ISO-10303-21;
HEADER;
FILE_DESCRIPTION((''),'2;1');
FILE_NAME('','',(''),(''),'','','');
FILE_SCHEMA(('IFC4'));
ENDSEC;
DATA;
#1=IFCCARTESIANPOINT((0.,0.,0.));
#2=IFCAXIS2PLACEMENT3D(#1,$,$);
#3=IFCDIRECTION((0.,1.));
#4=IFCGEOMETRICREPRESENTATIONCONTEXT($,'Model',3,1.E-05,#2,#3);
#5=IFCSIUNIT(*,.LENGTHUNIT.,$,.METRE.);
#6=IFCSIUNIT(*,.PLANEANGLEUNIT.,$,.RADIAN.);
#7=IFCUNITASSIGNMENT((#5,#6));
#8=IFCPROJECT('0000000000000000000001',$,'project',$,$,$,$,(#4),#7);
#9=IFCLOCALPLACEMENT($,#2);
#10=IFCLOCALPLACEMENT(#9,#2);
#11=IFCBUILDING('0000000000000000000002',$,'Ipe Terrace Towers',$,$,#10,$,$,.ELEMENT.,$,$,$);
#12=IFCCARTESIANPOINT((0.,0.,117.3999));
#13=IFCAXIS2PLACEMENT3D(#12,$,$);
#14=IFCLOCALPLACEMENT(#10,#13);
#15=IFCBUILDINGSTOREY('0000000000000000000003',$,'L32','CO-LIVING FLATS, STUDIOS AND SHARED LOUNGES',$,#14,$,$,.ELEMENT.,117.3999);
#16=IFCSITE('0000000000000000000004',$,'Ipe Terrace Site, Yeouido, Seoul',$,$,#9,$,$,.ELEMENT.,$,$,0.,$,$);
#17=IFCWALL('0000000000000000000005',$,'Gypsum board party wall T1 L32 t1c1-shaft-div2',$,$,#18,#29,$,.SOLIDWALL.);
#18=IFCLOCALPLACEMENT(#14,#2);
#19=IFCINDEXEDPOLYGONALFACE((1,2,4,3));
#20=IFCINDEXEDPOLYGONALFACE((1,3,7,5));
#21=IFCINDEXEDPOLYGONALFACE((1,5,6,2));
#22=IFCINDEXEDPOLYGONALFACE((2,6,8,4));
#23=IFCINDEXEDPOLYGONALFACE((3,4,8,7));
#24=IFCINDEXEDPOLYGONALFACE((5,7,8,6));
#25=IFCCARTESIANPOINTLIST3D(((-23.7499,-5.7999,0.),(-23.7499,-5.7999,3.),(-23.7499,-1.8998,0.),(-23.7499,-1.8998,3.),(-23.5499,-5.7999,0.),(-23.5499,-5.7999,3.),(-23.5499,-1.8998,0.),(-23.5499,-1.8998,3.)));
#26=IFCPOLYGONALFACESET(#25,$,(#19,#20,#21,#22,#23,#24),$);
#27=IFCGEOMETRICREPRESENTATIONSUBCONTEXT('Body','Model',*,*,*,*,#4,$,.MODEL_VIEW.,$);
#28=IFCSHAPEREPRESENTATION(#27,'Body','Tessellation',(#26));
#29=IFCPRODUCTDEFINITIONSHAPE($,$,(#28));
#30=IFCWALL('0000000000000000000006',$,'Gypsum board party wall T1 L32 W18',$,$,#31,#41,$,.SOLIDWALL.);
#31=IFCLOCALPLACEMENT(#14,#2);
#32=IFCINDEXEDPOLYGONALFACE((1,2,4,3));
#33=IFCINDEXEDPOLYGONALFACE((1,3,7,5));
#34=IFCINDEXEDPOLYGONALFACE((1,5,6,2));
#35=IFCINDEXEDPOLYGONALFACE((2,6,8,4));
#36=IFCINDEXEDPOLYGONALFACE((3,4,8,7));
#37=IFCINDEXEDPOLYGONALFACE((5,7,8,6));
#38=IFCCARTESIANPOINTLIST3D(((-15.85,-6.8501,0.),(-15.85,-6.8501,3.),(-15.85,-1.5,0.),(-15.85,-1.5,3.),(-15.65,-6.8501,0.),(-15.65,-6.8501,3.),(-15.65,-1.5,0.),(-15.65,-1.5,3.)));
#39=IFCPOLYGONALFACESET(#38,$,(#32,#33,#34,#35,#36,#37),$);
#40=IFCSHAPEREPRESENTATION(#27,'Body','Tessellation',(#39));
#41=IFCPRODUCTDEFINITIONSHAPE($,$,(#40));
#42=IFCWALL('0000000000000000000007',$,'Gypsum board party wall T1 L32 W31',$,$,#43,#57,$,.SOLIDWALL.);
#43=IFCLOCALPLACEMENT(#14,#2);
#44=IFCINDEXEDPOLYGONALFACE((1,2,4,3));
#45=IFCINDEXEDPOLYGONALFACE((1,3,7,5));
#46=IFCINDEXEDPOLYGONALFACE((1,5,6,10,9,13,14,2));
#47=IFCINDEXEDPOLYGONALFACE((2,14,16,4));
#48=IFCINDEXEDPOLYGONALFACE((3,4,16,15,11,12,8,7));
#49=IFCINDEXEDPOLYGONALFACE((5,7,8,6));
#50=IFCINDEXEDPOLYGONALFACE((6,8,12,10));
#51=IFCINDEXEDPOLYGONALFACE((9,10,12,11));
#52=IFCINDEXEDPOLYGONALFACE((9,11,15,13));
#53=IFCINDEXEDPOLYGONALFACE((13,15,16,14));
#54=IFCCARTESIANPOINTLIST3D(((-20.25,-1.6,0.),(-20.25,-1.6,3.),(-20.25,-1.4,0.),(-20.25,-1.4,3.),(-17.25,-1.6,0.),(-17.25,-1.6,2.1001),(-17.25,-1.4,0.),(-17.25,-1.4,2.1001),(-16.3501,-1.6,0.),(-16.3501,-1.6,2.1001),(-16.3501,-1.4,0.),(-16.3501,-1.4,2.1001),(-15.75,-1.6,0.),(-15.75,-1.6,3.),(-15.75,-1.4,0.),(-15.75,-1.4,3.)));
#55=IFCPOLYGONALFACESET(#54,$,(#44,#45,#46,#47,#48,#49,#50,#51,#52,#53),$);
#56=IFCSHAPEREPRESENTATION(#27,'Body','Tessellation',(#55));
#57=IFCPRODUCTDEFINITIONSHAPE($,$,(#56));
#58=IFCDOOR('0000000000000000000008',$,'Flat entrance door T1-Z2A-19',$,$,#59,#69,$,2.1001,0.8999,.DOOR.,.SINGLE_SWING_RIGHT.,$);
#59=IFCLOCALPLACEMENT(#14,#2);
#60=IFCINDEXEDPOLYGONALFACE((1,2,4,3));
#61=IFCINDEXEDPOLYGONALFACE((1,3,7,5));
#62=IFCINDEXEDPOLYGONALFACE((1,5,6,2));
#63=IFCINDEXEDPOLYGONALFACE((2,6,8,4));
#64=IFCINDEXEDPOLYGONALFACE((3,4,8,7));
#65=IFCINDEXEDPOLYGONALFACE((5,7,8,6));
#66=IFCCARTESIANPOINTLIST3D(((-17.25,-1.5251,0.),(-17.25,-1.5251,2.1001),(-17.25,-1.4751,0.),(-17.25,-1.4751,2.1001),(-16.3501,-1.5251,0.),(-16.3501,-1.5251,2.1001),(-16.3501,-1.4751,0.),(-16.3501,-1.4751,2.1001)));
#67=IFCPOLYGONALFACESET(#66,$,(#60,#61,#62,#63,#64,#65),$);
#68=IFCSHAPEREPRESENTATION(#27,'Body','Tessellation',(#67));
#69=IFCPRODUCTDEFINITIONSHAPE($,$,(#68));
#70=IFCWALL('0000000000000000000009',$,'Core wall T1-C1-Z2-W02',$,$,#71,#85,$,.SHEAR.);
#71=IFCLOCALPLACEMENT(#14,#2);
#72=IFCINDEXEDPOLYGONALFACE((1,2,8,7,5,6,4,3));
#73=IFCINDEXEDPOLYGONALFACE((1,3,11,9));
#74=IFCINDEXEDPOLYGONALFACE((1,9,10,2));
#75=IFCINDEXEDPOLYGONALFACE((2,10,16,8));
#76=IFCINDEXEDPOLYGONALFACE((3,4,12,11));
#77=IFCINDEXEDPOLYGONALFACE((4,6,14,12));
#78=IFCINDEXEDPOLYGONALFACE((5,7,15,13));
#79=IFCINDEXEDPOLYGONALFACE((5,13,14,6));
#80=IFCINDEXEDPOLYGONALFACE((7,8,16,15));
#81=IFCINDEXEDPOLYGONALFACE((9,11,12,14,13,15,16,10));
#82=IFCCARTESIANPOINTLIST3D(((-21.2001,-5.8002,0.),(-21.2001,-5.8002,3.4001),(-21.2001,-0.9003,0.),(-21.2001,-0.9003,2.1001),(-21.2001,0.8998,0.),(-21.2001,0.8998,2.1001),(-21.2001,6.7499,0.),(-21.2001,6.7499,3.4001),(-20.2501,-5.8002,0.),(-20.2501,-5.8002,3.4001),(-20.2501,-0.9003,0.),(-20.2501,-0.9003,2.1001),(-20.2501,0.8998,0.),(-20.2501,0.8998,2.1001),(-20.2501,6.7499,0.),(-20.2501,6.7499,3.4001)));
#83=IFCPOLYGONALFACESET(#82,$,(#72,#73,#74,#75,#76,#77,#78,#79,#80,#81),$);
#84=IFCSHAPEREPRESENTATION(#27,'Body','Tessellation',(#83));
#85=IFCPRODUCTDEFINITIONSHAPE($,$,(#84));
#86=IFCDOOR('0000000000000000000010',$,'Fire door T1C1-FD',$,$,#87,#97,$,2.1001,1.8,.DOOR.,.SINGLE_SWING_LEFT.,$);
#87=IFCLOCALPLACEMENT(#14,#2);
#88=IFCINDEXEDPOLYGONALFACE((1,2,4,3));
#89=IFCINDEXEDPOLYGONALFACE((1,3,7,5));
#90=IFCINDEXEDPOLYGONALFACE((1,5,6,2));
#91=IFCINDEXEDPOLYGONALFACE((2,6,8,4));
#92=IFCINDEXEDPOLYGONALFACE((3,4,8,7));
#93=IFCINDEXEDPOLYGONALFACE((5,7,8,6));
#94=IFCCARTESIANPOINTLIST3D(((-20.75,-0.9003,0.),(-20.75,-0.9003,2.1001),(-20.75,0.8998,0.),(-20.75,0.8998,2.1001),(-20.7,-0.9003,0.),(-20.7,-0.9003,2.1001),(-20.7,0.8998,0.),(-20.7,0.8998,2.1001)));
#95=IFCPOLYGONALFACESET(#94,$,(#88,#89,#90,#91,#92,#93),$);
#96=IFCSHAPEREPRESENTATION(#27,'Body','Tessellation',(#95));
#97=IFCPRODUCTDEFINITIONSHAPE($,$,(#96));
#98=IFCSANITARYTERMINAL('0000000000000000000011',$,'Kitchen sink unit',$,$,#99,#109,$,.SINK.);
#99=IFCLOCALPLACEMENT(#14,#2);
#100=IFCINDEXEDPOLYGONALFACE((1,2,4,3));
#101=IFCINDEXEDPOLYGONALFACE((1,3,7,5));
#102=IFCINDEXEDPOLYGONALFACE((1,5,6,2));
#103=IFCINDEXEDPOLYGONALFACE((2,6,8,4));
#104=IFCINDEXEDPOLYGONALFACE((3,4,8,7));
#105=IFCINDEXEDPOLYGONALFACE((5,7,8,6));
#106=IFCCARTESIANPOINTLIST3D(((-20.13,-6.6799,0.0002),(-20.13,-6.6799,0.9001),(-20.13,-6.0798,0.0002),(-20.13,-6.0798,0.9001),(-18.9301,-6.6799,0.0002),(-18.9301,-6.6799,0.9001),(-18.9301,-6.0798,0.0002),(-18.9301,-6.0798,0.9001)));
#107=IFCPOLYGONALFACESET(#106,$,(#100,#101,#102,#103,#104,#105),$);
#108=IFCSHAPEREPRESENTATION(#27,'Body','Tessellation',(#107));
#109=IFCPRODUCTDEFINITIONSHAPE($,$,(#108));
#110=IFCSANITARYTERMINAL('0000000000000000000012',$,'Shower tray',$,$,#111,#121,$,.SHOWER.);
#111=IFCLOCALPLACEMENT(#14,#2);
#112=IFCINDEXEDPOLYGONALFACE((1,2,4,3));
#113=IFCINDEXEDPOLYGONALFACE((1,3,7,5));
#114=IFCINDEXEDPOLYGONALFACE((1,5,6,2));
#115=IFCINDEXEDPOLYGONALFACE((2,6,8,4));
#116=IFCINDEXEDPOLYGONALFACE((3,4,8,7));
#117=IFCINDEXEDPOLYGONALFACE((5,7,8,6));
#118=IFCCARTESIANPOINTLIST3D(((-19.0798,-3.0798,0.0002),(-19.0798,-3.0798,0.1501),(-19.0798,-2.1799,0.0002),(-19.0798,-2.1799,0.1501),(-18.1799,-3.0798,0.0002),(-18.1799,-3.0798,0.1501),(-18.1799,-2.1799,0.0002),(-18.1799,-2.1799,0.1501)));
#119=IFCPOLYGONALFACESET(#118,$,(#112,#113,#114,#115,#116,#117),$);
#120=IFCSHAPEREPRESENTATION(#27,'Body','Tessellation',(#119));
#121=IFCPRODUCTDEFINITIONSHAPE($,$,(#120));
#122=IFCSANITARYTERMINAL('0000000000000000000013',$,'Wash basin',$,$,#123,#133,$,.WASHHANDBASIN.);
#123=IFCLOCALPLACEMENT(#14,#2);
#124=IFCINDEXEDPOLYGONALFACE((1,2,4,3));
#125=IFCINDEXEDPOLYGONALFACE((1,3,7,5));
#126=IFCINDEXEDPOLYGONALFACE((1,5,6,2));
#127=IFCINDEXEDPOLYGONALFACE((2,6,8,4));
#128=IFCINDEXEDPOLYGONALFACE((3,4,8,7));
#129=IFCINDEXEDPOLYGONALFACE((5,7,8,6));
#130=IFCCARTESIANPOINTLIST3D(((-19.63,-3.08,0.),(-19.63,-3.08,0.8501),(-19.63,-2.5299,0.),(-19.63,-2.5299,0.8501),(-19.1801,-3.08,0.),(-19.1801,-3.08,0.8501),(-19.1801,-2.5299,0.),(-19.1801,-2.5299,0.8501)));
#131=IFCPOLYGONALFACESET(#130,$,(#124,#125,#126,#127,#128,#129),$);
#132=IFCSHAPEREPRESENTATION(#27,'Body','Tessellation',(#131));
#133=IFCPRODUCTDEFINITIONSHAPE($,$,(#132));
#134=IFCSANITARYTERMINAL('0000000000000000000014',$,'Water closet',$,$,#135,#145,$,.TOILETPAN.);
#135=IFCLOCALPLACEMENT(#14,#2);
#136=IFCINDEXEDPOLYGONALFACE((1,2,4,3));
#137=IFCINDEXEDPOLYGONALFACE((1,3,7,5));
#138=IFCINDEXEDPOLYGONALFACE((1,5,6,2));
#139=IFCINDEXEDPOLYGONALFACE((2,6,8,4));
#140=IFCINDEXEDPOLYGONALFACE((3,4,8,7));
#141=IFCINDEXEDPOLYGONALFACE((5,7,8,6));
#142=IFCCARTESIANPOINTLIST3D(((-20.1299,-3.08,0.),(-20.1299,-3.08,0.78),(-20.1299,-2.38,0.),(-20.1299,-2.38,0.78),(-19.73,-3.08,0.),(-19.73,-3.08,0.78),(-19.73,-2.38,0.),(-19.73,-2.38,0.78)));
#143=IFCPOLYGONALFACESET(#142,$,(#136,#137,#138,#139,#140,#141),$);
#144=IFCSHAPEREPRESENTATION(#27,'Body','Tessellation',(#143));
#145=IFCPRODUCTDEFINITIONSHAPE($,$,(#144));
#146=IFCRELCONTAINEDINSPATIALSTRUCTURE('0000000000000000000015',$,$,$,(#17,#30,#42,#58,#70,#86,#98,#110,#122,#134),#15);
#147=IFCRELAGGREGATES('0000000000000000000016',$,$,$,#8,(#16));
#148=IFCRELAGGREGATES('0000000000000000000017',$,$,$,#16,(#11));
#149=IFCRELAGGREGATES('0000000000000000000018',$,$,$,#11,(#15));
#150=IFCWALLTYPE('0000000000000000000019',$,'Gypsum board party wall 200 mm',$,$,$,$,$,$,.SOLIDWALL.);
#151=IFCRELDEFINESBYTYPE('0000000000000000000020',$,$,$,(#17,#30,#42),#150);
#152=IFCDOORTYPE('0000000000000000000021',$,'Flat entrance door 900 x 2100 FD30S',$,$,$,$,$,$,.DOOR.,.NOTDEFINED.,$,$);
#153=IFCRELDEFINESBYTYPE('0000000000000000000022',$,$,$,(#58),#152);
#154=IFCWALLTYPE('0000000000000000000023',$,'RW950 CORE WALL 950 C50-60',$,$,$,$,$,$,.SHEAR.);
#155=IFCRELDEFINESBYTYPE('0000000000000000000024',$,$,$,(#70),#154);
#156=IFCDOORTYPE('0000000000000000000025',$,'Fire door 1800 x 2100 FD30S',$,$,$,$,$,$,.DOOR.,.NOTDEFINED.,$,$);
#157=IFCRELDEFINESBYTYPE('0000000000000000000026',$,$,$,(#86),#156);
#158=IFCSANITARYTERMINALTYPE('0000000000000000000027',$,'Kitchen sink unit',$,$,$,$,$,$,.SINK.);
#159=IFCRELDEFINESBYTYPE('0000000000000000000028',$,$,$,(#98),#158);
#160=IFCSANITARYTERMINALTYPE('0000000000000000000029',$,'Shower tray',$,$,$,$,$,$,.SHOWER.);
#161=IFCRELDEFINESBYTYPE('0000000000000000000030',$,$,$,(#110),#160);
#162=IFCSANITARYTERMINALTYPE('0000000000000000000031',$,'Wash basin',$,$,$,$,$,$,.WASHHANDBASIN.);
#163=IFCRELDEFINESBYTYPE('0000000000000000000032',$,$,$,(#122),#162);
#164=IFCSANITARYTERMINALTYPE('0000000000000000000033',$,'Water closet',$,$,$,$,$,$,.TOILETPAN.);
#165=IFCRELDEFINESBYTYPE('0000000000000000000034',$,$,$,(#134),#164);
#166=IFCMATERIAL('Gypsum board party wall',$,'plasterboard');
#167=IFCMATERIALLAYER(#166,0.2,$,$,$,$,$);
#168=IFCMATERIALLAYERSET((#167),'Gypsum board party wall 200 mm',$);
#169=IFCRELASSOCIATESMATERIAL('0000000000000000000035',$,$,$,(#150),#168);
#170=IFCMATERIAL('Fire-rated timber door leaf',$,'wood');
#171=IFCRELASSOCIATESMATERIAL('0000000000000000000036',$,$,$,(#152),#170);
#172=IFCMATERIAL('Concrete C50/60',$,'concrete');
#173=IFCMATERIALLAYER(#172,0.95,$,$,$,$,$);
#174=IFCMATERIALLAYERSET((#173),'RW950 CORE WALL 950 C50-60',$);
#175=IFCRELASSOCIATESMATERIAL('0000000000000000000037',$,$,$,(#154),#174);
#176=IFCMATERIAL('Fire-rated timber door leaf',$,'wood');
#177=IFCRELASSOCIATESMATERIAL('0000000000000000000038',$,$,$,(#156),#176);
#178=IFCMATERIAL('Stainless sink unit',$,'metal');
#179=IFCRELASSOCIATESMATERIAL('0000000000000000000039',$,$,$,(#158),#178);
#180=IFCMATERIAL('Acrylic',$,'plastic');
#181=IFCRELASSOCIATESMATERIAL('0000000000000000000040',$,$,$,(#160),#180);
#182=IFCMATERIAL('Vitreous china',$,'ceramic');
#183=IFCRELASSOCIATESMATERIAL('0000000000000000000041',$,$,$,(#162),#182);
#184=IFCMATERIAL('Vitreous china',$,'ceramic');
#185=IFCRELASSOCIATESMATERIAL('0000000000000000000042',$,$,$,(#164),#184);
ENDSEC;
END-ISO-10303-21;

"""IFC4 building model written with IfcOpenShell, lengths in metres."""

from ifc_helpers import new_model, si_unit, direction, frame, frame_2d, origin, origin_2d, place, context, subcontext, project, spatial, rectangle, extrude, material, layer, layer_set, type_object, element, fill, save


model = new_model("IFC4")

# Units and contexts
model_context = context("Model", 3, precision=1e-05, world=origin(), true_north=direction((0.0, 1.0)))
body_context = subcontext(model_context, "Body", "Model", "MODEL_VIEW")
ifc_project = project(units=[si_unit("LENGTHUNIT", "METRE"), si_unit("PLANEANGLEUNIT", "RADIAN")], contexts=[model_context])

# Site, building, storey
site_placement = place(None, origin())
site = spatial("IfcSite", under=ifc_project, at=site_placement, Name="Ipe Terrace Site, Yeouido, Seoul", CompositionType="ELEMENT", RefElevation=0.0)
building_placement = place(site_placement, origin())
building = spatial("IfcBuilding", under=site, at=building_placement, Name="Ipe Terrace Towers", CompositionType="ELEMENT")
storey_placement = place(building_placement, frame((0.0, 0.0, 117.3999)))
storey = spatial("IfcBuildingStorey", under=building, at=storey_placement, Name="L32", Description="CO-LIVING FLATS, STUDIOS AND SHARED LOUNGES", CompositionType="ELEMENT", Elevation=117.3999)

# Walls
ifc_material_1 = material(Name="Gypsum board party wall", Category="plasterboard")
ifc_layer_1 = layer(ifc_material_1, 0.2)
ifc_layer_set_1 = layer_set([ifc_layer_1], Name="Gypsum board party wall 200 mm")
wall_type_1 = type_object("IfcWallType", Name="Gypsum board party wall 200 mm", PredefinedType="SOLIDWALL", material=ifc_layer_set_1)
wall_1_placement = place(storey_placement, frame((-23.6499, -5.8, 0.0), z_axis=(0.0, 0.0, 1.0), x_axis=(0.0, 1.0, 0.0)))
element("IfcWall", 1, at=wall_1_placement, inside=storey, type_object=wall_type_1, Name="Gypsum board party wall T1 L32 t1c1-shaft-div2", PredefinedType="SOLIDWALL", context=body_context, shape_type="SweptSolid", body=[
    extrude(rectangle(XDim=3.9001, YDim=0.2, at=frame_2d((1.9502, 0.0))), origin(), (0.0, 0.0, 1.0), 3.0),
])
wall_2_placement = place(storey_placement, frame((-15.75, -6.8501, 0.0), z_axis=(0.0, 0.0, 1.0), x_axis=(0.0, 1.0, 0.0)))
element("IfcWall", 2, at=wall_2_placement, inside=storey, type_object=wall_type_1, Name="Gypsum board party wall T1 L32 W18", PredefinedType="SOLIDWALL", context=body_context, shape_type="SweptSolid", body=[
    extrude(rectangle(XDim=5.3501, YDim=0.2, at=frame_2d((2.675, 0.0))), origin(), (0.0, 0.0, 1.0), 3.0),
])

# Walls, openings, doors
wall_3_placement = place(storey_placement, frame((-20.25, -1.5, 0.0), z_axis=(0.0, 0.0, 1.0), x_axis=(1.0, 0.0, 0.0)))
wall_3 = element("IfcWall", 3, at=wall_3_placement, inside=storey, type_object=wall_type_1, Name="Gypsum board party wall T1 L32 W31", PredefinedType="SOLIDWALL", context=body_context, shape_type="SweptSolid", body=[
    extrude(rectangle(XDim=4.5, YDim=0.2, at=frame_2d((2.25, 0.0))), origin(), (0.0, 0.0, 1.0), 3.0),
])
opening_1_placement = place(wall_3_placement, frame((3.0, 0.0, 0.0)))
opening_1 = element("IfcOpeningElement", 4, at=opening_1_placement, cuts=wall_3, PredefinedType="OPENING", context=body_context, shape_type="SweptSolid", body=[
    extrude(rectangle(XDim=0.8999, YDim=2.1001, at=frame_2d((0.45, 1.05))), frame((0.0, 0.1099, 0.0), z_axis=(0.0, -1.0, 0.0), x_axis=(1.0, 0.0, 0.0)), (0.0, 0.0, 1.0), 0.22),
])
ifc_material_2 = material(Name="Fire-rated timber door leaf", Category="wood")
door_type_1 = type_object("IfcDoorType", Name="Flat entrance door 900 x 2100 FD30S", OperationType="NOTDEFINED", PredefinedType="DOOR", material=ifc_material_2)
door_1_placement = place(opening_1_placement, origin())
door_1 = element("IfcDoor", 5, at=door_1_placement, inside=storey, type_object=door_type_1, Name="Flat entrance door T1-Z2A-19", OperationType="SINGLE_SWING_RIGHT", OverallHeight=2.1001, OverallWidth=0.8999, PredefinedType="DOOR", context=body_context, shape_type="SweptSolid", body=[
    extrude(rectangle(XDim=0.8999, YDim=2.1001, at=frame_2d((0.45, 1.05))), frame((0.0, 0.0249, 0.0), z_axis=(0.0, -1.0, 0.0), x_axis=(1.0, 0.0, 0.0)), (0.0, 0.0, 1.0), 0.05),
])
fill(opening_1, door_1)
ifc_material_3 = material(Name="Concrete C50/60", Category="concrete")
ifc_layer_2 = layer(ifc_material_3, 0.95)
ifc_layer_set_2 = layer_set([ifc_layer_2], Name="RW950 CORE WALL 950 C50-60")
wall_type_2 = type_object("IfcWallType", Name="RW950 CORE WALL 950 C50-60", PredefinedType="SHEAR", material=ifc_layer_set_2)
wall_4_placement = place(storey_placement, frame((-20.7251, -5.8, 0.0), z_axis=(0.0, 0.0, 1.0), x_axis=(0.0, 1.0, 0.0)))
wall_4 = element("IfcWall", 6, at=wall_4_placement, inside=storey, type_object=wall_type_2, Name="Core wall T1-C1-Z2-W02", PredefinedType="SHEAR", context=body_context, shape_type="SweptSolid", body=[
    extrude(rectangle(XDim=12.55, YDim=0.95, at=frame_2d((6.2749, 0.0))), origin(), (0.0, 0.0, 1.0), 3.4001),
])
opening_2_placement = place(wall_4_placement, frame((4.8999, 0.0, 0.0)))
opening_2 = element("IfcOpeningElement", 7, at=opening_2_placement, cuts=wall_4, PredefinedType="OPENING", context=body_context, shape_type="SweptSolid", body=[
    extrude(rectangle(XDim=1.8, YDim=2.1001, at=frame_2d((0.8999, 1.05))), frame((0.0, 0.4849, 0.0), z_axis=(0.0, -1.0, 0.0), x_axis=(1.0, 0.0, 0.0)), (0.0, 0.0, 1.0), 0.97),
])
ifc_material_4 = material(Name="Fire-rated timber door leaf", Category="wood")
door_type_2 = type_object("IfcDoorType", Name="Fire door 1800 x 2100 FD30S", OperationType="NOTDEFINED", PredefinedType="DOOR", material=ifc_material_4)
door_2_placement = place(opening_2_placement, origin())
door_2 = element("IfcDoor", 8, at=door_2_placement, inside=storey, type_object=door_type_2, Name="Fire door T1C1-FD", OperationType="SINGLE_SWING_LEFT", OverallHeight=2.1001, OverallWidth=1.8, PredefinedType="DOOR", context=body_context, shape_type="SweptSolid", body=[
    extrude(rectangle(XDim=1.8, YDim=2.1001, at=frame_2d((0.8999, 1.05))), frame((0.0, 0.0249, 0.0), z_axis=(0.0, -1.0, 0.0), x_axis=(1.0, 0.0, 0.0)), (0.0, 0.0, 1.0), 0.05),
])
fill(opening_2, door_2)

# Sanitary terminals
ifc_material_5 = material(Name="Stainless sink unit", Category="metal")
sanitary_terminal_type_1 = type_object("IfcSanitaryTerminalType", Name="Kitchen sink unit", PredefinedType="SINK", material=ifc_material_5)
sanitary_terminal_1_placement = place(storey_placement, frame((-19.53, -6.3799, 0.0002), z_axis=(0.0, 0.0, 1.0), x_axis=(-1.0, 0.0, 0.0)))
element("IfcSanitaryTerminal", 9, at=sanitary_terminal_1_placement, inside=storey, type_object=sanitary_terminal_type_1, Name="Kitchen sink unit", PredefinedType="SINK", context=body_context, shape_type="SweptSolid", body=[
    extrude(rectangle(XDim=1.2, YDim=0.6001, at=origin_2d()), origin(), (0.0, 0.0, 1.0), 0.8999),
])
ifc_material_6 = material(Name="Acrylic", Category="plastic")
sanitary_terminal_type_2 = type_object("IfcSanitaryTerminalType", Name="Shower tray", PredefinedType="SHOWER", material=ifc_material_6)
sanitary_terminal_2_placement = place(storey_placement, frame((-18.6299, -2.6299, 0.0002), z_axis=(0.0, 0.0, 1.0), x_axis=(0.0, 1.0, 0.0)))
element("IfcSanitaryTerminal", 10, at=sanitary_terminal_2_placement, inside=storey, type_object=sanitary_terminal_type_2, Name="Shower tray", PredefinedType="SHOWER", context=body_context, shape_type="SweptSolid", body=[
    extrude(rectangle(XDim=0.8999, YDim=0.8999, at=origin_2d()), origin(), (0.0, 0.0, 1.0), 0.1499),
])
ifc_material_7 = material(Name="Vitreous china", Category="ceramic")
sanitary_terminal_type_3 = type_object("IfcSanitaryTerminalType", Name="Wash basin", PredefinedType="WASHHANDBASIN", material=ifc_material_7)
sanitary_terminal_3_placement = place(storey_placement, frame((-19.405, -2.8049, 0.0), z_axis=(0.0, 0.0, 1.0), x_axis=(0.0, 1.0, 0.0)))
element("IfcSanitaryTerminal", 11, at=sanitary_terminal_3_placement, inside=storey, type_object=sanitary_terminal_type_3, Name="Wash basin", PredefinedType="WASHHANDBASIN", context=body_context, shape_type="SweptSolid", body=[
    extrude(rectangle(XDim=0.55, YDim=0.45, at=origin_2d()), origin(), (0.0, 0.0, 1.0), 0.8501),
])
ifc_material_8 = material(Name="Vitreous china", Category="ceramic")
sanitary_terminal_type_4 = type_object("IfcSanitaryTerminalType", Name="Water closet", PredefinedType="TOILETPAN", material=ifc_material_8)
sanitary_terminal_4_placement = place(storey_placement, frame((-19.9299, -2.73, 0.0), z_axis=(0.0, 0.0, 1.0), x_axis=(0.0, 1.0, 0.0)))
element("IfcSanitaryTerminal", 12, at=sanitary_terminal_4_placement, inside=storey, type_object=sanitary_terminal_type_4, Name="Water closet", PredefinedType="TOILETPAN", context=body_context, shape_type="SweptSolid", body=[
    extrude(rectangle(XDim=0.7, YDim=0.3999, at=origin_2d()), origin(), (0.0, 0.0, 1.0), 0.78),
])

save(model, "model.ifc")
